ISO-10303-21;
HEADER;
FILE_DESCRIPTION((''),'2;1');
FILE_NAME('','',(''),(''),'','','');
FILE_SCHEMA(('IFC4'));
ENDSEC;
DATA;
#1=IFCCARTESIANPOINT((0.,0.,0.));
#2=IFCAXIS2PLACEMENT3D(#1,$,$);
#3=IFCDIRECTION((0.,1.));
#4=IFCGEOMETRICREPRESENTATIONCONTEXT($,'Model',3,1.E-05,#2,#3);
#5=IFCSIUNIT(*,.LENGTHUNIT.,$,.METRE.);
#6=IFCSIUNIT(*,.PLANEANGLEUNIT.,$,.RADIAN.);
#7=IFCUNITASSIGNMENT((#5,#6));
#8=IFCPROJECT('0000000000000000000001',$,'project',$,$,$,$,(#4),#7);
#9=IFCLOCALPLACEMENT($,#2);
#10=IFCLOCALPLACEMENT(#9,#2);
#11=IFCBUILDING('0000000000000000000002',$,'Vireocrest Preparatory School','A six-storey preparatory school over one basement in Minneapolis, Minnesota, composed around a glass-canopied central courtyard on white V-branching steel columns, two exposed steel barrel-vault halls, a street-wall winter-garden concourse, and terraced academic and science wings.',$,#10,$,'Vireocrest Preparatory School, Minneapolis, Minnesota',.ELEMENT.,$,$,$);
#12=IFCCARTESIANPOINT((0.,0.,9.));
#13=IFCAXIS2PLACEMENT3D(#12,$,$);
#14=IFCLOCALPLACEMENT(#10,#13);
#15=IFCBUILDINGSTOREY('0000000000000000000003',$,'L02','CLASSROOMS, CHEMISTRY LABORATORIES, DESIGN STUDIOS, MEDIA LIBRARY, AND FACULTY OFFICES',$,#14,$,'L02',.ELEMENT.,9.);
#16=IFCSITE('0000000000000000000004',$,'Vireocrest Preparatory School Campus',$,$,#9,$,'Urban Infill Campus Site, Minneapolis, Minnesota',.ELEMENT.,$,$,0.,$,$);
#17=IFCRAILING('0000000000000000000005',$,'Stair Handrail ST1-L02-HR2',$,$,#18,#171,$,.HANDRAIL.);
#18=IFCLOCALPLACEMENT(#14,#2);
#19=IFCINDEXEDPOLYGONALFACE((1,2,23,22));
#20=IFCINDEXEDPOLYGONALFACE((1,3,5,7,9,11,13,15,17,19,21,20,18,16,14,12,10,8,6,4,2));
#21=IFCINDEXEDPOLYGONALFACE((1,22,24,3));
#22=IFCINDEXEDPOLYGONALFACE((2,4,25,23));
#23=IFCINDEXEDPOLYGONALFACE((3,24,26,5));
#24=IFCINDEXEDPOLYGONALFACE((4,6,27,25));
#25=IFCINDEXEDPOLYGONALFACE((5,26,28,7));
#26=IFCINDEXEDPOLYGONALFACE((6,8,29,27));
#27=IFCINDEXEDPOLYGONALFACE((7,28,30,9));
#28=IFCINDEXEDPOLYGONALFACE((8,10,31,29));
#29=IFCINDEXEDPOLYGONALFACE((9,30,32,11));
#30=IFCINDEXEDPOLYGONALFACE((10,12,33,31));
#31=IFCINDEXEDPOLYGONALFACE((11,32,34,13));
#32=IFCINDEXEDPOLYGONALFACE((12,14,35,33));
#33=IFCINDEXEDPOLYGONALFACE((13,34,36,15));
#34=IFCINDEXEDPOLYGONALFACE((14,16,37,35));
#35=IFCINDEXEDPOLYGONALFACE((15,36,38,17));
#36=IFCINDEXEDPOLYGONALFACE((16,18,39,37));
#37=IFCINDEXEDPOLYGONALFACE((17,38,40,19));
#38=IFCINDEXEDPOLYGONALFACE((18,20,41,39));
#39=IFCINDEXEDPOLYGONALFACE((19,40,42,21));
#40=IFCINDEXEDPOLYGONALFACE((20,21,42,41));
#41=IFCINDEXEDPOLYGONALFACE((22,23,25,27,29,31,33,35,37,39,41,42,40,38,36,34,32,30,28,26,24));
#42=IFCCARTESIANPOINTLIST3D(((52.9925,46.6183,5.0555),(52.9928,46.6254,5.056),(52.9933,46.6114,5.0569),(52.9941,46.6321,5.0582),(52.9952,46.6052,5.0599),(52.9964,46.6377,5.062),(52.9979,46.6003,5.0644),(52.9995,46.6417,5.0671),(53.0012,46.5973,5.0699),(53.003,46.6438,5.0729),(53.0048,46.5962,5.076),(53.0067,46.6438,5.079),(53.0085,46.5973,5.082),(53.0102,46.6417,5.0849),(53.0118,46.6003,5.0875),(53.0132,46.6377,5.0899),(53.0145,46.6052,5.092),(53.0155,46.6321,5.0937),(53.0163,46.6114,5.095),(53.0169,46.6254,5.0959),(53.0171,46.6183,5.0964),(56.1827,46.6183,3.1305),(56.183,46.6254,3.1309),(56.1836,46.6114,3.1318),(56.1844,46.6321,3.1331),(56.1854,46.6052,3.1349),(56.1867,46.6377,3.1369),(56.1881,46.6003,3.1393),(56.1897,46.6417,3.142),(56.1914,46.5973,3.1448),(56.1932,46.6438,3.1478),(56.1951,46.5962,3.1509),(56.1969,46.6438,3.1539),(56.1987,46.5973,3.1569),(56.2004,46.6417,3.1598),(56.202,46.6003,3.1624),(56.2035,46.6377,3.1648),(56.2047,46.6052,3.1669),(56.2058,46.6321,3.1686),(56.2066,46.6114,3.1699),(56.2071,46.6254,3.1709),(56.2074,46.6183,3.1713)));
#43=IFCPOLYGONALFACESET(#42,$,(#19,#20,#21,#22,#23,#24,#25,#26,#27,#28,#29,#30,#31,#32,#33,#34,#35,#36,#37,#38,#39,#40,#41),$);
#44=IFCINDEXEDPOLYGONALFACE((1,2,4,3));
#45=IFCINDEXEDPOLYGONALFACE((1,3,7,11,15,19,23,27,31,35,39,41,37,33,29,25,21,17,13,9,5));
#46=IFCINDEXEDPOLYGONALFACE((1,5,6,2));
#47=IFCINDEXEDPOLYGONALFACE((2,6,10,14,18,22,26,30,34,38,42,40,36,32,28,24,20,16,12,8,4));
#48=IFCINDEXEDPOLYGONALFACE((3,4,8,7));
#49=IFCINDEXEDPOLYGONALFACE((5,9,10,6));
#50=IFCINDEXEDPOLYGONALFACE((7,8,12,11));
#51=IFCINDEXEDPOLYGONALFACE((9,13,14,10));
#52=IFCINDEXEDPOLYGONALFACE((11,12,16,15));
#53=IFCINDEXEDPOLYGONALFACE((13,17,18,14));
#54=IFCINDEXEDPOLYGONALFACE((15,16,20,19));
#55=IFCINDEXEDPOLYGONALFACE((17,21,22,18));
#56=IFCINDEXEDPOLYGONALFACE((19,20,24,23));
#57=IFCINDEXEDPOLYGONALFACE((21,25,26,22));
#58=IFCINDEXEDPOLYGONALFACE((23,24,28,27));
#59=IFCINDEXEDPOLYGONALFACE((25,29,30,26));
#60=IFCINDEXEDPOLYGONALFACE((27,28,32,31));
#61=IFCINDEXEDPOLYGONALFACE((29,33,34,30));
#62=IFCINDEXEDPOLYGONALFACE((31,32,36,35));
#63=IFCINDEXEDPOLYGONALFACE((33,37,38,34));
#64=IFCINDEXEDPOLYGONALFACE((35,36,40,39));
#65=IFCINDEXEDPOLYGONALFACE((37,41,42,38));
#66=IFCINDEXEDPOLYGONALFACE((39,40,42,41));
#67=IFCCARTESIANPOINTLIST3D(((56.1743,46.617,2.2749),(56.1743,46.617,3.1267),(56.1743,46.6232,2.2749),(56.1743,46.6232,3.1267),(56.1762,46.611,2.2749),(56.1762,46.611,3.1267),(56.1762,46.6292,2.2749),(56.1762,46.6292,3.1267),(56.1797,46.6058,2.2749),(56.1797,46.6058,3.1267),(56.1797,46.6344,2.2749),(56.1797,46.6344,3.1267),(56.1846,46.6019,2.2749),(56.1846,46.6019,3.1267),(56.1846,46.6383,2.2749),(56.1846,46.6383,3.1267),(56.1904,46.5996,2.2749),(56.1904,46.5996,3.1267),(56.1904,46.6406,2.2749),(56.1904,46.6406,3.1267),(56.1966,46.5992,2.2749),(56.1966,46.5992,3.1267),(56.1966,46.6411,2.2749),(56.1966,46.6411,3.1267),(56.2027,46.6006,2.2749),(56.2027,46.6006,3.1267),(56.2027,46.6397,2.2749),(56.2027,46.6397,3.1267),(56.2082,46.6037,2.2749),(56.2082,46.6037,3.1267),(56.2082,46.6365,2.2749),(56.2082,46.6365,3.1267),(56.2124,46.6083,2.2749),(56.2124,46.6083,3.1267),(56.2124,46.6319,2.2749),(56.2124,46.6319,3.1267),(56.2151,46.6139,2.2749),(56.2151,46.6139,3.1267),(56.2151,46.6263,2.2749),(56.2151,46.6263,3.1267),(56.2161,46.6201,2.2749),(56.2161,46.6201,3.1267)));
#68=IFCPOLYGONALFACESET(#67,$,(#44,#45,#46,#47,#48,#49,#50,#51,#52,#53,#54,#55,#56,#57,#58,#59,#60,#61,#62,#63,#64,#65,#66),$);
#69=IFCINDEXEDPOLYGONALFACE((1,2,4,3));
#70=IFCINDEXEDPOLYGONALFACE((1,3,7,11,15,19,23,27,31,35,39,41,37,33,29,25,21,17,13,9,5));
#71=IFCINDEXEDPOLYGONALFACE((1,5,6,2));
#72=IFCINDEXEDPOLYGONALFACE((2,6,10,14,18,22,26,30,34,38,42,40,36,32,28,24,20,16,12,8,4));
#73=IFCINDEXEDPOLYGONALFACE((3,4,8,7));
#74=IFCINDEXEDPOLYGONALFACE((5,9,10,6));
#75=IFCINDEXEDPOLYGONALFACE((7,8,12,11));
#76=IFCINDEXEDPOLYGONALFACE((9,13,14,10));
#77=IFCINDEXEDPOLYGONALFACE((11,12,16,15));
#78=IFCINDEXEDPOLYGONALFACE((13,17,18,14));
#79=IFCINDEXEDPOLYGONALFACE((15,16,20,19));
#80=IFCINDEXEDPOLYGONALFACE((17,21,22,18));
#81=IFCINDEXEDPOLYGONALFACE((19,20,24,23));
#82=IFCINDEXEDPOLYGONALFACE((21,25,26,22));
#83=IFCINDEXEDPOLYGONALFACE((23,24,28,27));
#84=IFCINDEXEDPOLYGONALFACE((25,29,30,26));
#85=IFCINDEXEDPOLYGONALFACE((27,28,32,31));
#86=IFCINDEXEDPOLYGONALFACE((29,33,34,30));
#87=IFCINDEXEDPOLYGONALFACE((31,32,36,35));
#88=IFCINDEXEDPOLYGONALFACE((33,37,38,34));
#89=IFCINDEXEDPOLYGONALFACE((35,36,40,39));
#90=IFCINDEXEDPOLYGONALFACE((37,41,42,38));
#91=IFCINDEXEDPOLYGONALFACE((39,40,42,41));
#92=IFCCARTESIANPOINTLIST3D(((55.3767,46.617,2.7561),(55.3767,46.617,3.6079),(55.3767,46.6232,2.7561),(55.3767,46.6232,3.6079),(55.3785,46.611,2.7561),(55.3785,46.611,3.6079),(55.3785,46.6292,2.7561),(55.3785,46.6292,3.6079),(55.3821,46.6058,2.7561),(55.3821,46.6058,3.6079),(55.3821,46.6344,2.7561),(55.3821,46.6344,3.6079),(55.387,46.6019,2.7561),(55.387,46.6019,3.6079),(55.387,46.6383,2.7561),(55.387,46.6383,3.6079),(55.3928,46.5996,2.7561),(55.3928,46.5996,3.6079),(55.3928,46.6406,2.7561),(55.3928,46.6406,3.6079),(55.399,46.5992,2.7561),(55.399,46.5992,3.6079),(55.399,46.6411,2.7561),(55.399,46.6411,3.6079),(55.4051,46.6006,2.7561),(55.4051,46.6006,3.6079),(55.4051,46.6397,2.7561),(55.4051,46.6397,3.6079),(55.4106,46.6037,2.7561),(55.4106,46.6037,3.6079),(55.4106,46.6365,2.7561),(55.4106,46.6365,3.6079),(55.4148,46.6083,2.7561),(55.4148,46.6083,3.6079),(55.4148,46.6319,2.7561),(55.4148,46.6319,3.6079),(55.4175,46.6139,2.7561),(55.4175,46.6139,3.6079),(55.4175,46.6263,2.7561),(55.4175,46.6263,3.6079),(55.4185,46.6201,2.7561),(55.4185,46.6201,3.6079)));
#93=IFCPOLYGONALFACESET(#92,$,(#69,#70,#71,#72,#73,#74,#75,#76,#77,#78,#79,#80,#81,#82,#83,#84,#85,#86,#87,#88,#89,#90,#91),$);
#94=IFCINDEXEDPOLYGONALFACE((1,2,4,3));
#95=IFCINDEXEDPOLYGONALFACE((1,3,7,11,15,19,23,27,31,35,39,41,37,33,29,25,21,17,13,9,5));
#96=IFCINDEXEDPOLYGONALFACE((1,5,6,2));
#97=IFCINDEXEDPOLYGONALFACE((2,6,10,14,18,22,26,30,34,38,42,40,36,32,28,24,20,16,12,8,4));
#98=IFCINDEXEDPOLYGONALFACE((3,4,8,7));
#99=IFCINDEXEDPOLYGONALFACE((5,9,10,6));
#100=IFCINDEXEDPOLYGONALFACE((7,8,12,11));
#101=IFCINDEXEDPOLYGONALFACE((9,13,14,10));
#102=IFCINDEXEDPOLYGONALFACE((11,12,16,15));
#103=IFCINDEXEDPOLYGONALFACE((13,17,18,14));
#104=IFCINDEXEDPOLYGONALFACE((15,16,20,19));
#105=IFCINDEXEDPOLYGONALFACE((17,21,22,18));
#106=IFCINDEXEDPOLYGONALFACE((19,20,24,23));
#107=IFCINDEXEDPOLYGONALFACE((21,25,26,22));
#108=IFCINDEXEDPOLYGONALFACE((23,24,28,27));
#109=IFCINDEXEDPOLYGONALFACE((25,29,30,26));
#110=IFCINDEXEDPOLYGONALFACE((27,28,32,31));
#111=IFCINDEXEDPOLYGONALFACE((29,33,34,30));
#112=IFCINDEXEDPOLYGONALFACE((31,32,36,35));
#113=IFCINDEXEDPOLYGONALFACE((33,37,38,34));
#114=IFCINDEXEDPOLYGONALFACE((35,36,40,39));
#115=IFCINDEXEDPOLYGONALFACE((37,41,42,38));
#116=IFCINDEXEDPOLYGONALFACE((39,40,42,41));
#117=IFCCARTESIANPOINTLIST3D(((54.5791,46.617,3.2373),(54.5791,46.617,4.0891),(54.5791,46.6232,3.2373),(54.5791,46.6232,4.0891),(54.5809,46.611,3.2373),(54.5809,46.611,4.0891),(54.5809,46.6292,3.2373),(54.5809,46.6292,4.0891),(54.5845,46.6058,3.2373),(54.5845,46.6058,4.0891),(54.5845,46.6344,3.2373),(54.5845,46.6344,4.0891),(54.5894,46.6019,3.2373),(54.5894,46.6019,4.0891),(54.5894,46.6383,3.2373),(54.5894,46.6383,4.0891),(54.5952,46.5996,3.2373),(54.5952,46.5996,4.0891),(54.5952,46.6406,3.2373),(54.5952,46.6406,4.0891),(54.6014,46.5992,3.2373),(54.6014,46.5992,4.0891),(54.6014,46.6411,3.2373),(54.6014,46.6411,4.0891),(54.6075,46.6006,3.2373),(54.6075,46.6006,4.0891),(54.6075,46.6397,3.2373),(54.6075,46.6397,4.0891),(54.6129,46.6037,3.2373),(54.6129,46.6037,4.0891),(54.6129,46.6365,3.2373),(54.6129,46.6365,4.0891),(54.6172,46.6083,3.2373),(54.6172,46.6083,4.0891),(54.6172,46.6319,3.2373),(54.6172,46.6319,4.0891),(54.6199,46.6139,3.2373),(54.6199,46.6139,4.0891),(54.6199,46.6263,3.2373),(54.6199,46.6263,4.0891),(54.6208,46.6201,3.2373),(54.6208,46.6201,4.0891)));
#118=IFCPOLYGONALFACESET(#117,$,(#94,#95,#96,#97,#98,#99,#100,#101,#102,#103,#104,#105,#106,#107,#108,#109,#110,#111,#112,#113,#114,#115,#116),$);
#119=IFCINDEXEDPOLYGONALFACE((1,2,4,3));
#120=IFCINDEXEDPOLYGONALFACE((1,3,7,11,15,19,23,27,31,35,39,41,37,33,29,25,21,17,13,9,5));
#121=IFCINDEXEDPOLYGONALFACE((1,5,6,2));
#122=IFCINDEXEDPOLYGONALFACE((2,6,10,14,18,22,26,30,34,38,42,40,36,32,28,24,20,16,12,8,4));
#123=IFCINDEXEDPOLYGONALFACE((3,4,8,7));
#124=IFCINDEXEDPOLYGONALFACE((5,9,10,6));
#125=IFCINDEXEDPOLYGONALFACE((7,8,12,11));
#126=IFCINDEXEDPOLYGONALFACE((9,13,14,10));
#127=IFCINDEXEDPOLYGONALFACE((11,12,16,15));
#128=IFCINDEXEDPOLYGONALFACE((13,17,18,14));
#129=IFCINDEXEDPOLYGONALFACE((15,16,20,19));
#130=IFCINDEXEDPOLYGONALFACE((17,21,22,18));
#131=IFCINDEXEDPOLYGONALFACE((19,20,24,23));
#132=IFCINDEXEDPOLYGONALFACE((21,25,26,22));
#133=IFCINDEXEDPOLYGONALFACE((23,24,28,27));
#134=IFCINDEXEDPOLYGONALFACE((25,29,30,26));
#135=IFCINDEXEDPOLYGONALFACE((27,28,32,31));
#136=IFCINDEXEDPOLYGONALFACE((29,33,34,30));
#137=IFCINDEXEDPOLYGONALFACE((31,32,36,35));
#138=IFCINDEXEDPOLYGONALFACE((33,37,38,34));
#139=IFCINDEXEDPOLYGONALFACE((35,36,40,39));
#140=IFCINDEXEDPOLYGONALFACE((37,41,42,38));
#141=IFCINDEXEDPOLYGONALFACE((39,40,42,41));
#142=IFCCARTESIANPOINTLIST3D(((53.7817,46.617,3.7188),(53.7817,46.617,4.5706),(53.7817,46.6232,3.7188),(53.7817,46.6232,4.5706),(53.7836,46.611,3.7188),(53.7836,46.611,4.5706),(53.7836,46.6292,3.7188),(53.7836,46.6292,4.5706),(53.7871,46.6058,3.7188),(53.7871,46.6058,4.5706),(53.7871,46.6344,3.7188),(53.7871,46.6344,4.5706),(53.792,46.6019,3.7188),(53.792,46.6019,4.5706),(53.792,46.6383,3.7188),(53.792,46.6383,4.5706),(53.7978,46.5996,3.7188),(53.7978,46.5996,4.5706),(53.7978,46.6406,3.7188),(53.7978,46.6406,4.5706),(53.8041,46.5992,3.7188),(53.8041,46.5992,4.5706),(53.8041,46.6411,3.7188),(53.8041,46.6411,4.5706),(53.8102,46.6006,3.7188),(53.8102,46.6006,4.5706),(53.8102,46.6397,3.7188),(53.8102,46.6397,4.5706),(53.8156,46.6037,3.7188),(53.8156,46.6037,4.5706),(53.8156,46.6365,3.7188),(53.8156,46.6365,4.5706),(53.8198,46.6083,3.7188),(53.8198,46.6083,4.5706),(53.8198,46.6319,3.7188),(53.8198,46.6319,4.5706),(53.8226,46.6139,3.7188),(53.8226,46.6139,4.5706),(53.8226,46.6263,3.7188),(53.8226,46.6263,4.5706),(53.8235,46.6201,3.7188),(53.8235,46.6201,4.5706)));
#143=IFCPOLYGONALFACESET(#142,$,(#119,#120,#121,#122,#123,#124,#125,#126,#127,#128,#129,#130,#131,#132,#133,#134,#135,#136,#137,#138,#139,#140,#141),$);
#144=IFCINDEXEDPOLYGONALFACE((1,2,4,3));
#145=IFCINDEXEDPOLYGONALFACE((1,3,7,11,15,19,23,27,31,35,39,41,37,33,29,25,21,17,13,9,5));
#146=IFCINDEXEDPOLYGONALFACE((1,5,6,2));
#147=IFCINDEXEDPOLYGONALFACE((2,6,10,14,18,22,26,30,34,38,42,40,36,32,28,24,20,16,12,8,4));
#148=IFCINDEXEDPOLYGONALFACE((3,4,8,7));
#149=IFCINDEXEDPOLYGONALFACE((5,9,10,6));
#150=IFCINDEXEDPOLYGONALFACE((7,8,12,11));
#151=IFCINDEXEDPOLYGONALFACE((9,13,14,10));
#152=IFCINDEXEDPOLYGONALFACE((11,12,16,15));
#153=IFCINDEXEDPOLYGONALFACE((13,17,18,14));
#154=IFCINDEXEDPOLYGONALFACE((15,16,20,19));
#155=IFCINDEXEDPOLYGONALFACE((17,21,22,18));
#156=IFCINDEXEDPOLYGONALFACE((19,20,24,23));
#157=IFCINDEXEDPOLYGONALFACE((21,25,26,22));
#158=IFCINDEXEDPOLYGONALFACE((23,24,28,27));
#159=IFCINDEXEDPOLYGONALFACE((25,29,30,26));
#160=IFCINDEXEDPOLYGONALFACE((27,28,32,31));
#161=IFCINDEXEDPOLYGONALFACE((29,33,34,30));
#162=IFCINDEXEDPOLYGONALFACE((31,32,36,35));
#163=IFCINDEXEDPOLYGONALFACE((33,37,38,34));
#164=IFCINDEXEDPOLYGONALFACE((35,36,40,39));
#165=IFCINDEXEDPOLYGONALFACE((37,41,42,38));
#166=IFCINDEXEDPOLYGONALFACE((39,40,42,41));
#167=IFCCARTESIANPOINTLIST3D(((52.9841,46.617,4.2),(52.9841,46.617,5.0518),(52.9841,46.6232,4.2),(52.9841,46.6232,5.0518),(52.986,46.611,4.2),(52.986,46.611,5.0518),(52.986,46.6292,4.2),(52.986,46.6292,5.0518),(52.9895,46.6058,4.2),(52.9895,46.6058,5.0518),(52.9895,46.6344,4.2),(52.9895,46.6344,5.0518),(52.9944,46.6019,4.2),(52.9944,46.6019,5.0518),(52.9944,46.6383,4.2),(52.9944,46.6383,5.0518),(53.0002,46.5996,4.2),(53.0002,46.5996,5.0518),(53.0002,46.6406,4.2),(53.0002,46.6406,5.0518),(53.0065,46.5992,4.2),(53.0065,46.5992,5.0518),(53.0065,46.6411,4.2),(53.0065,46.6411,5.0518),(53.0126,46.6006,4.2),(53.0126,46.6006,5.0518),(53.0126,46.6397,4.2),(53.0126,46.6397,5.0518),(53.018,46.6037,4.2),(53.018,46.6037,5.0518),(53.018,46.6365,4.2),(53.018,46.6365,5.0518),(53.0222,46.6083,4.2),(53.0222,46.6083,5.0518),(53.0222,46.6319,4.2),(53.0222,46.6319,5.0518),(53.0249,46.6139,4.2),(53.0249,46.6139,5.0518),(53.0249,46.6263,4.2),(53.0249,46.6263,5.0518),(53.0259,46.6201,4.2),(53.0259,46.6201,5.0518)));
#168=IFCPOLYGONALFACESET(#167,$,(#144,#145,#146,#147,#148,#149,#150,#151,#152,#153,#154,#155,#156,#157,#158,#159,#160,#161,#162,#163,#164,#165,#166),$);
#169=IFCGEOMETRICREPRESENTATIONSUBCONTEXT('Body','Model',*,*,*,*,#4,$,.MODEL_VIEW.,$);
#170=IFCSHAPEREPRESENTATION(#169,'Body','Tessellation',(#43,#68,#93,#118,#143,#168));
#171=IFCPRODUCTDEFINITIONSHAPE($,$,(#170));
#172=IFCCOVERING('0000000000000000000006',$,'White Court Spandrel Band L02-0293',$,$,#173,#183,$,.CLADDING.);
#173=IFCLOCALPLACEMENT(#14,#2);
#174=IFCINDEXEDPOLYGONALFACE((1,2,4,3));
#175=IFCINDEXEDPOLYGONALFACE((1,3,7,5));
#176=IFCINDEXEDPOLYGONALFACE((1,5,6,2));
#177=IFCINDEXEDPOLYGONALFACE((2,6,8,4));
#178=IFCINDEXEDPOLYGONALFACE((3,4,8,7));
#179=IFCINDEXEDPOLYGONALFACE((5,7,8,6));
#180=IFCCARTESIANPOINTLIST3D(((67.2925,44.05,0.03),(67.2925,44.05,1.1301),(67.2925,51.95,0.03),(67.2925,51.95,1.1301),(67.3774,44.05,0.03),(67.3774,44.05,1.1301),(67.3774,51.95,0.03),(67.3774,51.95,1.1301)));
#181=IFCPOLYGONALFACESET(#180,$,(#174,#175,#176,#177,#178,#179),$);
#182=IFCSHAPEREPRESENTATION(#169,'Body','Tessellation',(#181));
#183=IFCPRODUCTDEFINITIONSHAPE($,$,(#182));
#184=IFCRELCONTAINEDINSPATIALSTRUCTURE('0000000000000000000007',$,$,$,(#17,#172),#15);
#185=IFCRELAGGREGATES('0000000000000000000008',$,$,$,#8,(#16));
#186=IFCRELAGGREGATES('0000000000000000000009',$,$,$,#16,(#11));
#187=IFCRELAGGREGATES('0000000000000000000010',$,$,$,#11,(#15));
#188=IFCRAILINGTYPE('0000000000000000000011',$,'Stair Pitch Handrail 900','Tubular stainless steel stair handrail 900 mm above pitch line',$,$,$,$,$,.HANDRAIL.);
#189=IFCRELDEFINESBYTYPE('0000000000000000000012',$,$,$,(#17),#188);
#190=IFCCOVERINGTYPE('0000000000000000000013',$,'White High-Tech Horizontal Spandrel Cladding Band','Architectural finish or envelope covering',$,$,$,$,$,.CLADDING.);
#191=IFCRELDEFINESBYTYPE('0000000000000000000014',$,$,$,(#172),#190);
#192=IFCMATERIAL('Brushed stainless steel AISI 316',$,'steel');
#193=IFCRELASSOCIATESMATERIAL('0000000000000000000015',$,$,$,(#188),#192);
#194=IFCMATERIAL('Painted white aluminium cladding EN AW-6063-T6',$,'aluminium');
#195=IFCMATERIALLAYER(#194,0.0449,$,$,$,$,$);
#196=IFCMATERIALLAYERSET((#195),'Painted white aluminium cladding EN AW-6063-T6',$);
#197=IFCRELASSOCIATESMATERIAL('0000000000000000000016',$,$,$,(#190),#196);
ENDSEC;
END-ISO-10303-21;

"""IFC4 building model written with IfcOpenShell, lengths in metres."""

from ifc_helpers import new_model, si_unit, direction, frame, origin, origin_2d, place, context, subcontext, project, spatial, rectangle, circle, extrude, material, layer, layer_set, type_object, element, save


model = new_model("IFC4")

# Units and contexts
model_context = context("Model", 3, precision=1e-05, world=origin(), true_north=direction((0.0, 1.0)))
body_context = subcontext(model_context, "Body", "Model", "MODEL_VIEW")
ifc_project = project(units=[si_unit("LENGTHUNIT", "METRE"), si_unit("PLANEANGLEUNIT", "RADIAN")], contexts=[model_context])

# Site, building, storey
site_placement = place(None, origin())
site = spatial("IfcSite", under=ifc_project, at=site_placement, Name="Vireocrest Preparatory School Campus", LongName="Urban Infill Campus Site, Minneapolis, Minnesota", CompositionType="ELEMENT", RefElevation=0.0)
building_placement = place(site_placement, origin())
building = spatial("IfcBuilding", under=site, at=building_placement, Name="Vireocrest Preparatory School", Description="A six-storey preparatory school over one basement in Minneapolis, Minnesota, composed around a glass-canopied central courtyard on white V-branching steel columns, two exposed steel barrel-vault halls, a street-wall winter-garden concourse, and terraced academic and science wings.", LongName="Vireocrest Preparatory School, Minneapolis, Minnesota", CompositionType="ELEMENT")
storey_placement = place(building_placement, frame((0.0, 0.0, 9.0)))
storey = spatial("IfcBuildingStorey", under=building, at=storey_placement, Name="L02", Description="CLASSROOMS, CHEMISTRY LABORATORIES, DESIGN STUDIOS, MEDIA LIBRARY, AND FACULTY OFFICES", LongName="L02", CompositionType="ELEMENT", Elevation=9.0)

# Railing
ifc_material_1 = material(Name="Brushed stainless steel AISI 316", Category="steel")
railing_type = type_object("IfcRailingType", Name="Stair Pitch Handrail 900", Description="Tubular stainless steel stair handrail 900 mm above pitch line", PredefinedType="HANDRAIL", material=ifc_material_1)
railing_placement = place(storey_placement, frame((56.1951, 46.6201, 2.2749)))
element("IfcRailing", 1, at=railing_placement, inside=storey, type_object=railing_type, Name="Stair Handrail ST1-L02-HR2", PredefinedType="HANDRAIL", context=body_context, shape_type="SweptSolid", body=[
    extrude(circle(Radius=0.0239, at=origin_2d()), frame((0.0, 0.0, 0.876), z_axis=(-0.856195, 0.0, 0.516653), x_axis=(0.0, -1.0, 0.0)), (0.0, 0.0, 1.0), 3.7261),
    extrude(circle(Radius=0.021, at=origin_2d()), origin(), (0.0, 0.0, 1.0), 0.8518),
    extrude(circle(Radius=0.021, at=origin_2d()), frame((-0.7976, 0.0, 0.4812)), (0.0, 0.0, 1.0), 0.8518),
    extrude(circle(Radius=0.021, at=origin_2d()), frame((-1.5952, 0.0, 0.9624)), (0.0, 0.0, 1.0), 0.8518),
    extrude(circle(Radius=0.021, at=origin_2d()), frame((-2.3926, 0.0, 1.4438)), (0.0, 0.0, 1.0), 0.8518),
    extrude(circle(Radius=0.021, at=origin_2d()), frame((-3.1902, 0.0, 1.925)), (0.0, 0.0, 1.0), 0.8518),
])

# Covering
ifc_material_2 = material(Name="Painted white aluminium cladding EN AW-6063-T6", Category="aluminium")
ifc_layer_1 = layer(ifc_material_2, 0.0449)
ifc_layer_set_1 = layer_set([ifc_layer_1], Name="Painted white aluminium cladding EN AW-6063-T6")
covering_type = type_object("IfcCoveringType", Name="White High-Tech Horizontal Spandrel Cladding Band", Description="Architectural finish or envelope covering", PredefinedType="CLADDING", material=ifc_layer_set_1)
covering_placement = place(storey_placement, frame((67.335, 48.0, 0.03), z_axis=(0.0, 0.0, 1.0), x_axis=(1.0, 0.0, 0.0)))
element("IfcCovering", 2, at=covering_placement, inside=storey, type_object=covering_type, Name="White Court Spandrel Band L02-0293", PredefinedType="CLADDING", context=body_context, shape_type="SweptSolid", body=[
    extrude(rectangle(XDim=0.085, YDim=7.8999, at=origin_2d()), origin(), (0.0, 0.0, 1.0), 1.1001),
])

save(model, "model.ifc")
